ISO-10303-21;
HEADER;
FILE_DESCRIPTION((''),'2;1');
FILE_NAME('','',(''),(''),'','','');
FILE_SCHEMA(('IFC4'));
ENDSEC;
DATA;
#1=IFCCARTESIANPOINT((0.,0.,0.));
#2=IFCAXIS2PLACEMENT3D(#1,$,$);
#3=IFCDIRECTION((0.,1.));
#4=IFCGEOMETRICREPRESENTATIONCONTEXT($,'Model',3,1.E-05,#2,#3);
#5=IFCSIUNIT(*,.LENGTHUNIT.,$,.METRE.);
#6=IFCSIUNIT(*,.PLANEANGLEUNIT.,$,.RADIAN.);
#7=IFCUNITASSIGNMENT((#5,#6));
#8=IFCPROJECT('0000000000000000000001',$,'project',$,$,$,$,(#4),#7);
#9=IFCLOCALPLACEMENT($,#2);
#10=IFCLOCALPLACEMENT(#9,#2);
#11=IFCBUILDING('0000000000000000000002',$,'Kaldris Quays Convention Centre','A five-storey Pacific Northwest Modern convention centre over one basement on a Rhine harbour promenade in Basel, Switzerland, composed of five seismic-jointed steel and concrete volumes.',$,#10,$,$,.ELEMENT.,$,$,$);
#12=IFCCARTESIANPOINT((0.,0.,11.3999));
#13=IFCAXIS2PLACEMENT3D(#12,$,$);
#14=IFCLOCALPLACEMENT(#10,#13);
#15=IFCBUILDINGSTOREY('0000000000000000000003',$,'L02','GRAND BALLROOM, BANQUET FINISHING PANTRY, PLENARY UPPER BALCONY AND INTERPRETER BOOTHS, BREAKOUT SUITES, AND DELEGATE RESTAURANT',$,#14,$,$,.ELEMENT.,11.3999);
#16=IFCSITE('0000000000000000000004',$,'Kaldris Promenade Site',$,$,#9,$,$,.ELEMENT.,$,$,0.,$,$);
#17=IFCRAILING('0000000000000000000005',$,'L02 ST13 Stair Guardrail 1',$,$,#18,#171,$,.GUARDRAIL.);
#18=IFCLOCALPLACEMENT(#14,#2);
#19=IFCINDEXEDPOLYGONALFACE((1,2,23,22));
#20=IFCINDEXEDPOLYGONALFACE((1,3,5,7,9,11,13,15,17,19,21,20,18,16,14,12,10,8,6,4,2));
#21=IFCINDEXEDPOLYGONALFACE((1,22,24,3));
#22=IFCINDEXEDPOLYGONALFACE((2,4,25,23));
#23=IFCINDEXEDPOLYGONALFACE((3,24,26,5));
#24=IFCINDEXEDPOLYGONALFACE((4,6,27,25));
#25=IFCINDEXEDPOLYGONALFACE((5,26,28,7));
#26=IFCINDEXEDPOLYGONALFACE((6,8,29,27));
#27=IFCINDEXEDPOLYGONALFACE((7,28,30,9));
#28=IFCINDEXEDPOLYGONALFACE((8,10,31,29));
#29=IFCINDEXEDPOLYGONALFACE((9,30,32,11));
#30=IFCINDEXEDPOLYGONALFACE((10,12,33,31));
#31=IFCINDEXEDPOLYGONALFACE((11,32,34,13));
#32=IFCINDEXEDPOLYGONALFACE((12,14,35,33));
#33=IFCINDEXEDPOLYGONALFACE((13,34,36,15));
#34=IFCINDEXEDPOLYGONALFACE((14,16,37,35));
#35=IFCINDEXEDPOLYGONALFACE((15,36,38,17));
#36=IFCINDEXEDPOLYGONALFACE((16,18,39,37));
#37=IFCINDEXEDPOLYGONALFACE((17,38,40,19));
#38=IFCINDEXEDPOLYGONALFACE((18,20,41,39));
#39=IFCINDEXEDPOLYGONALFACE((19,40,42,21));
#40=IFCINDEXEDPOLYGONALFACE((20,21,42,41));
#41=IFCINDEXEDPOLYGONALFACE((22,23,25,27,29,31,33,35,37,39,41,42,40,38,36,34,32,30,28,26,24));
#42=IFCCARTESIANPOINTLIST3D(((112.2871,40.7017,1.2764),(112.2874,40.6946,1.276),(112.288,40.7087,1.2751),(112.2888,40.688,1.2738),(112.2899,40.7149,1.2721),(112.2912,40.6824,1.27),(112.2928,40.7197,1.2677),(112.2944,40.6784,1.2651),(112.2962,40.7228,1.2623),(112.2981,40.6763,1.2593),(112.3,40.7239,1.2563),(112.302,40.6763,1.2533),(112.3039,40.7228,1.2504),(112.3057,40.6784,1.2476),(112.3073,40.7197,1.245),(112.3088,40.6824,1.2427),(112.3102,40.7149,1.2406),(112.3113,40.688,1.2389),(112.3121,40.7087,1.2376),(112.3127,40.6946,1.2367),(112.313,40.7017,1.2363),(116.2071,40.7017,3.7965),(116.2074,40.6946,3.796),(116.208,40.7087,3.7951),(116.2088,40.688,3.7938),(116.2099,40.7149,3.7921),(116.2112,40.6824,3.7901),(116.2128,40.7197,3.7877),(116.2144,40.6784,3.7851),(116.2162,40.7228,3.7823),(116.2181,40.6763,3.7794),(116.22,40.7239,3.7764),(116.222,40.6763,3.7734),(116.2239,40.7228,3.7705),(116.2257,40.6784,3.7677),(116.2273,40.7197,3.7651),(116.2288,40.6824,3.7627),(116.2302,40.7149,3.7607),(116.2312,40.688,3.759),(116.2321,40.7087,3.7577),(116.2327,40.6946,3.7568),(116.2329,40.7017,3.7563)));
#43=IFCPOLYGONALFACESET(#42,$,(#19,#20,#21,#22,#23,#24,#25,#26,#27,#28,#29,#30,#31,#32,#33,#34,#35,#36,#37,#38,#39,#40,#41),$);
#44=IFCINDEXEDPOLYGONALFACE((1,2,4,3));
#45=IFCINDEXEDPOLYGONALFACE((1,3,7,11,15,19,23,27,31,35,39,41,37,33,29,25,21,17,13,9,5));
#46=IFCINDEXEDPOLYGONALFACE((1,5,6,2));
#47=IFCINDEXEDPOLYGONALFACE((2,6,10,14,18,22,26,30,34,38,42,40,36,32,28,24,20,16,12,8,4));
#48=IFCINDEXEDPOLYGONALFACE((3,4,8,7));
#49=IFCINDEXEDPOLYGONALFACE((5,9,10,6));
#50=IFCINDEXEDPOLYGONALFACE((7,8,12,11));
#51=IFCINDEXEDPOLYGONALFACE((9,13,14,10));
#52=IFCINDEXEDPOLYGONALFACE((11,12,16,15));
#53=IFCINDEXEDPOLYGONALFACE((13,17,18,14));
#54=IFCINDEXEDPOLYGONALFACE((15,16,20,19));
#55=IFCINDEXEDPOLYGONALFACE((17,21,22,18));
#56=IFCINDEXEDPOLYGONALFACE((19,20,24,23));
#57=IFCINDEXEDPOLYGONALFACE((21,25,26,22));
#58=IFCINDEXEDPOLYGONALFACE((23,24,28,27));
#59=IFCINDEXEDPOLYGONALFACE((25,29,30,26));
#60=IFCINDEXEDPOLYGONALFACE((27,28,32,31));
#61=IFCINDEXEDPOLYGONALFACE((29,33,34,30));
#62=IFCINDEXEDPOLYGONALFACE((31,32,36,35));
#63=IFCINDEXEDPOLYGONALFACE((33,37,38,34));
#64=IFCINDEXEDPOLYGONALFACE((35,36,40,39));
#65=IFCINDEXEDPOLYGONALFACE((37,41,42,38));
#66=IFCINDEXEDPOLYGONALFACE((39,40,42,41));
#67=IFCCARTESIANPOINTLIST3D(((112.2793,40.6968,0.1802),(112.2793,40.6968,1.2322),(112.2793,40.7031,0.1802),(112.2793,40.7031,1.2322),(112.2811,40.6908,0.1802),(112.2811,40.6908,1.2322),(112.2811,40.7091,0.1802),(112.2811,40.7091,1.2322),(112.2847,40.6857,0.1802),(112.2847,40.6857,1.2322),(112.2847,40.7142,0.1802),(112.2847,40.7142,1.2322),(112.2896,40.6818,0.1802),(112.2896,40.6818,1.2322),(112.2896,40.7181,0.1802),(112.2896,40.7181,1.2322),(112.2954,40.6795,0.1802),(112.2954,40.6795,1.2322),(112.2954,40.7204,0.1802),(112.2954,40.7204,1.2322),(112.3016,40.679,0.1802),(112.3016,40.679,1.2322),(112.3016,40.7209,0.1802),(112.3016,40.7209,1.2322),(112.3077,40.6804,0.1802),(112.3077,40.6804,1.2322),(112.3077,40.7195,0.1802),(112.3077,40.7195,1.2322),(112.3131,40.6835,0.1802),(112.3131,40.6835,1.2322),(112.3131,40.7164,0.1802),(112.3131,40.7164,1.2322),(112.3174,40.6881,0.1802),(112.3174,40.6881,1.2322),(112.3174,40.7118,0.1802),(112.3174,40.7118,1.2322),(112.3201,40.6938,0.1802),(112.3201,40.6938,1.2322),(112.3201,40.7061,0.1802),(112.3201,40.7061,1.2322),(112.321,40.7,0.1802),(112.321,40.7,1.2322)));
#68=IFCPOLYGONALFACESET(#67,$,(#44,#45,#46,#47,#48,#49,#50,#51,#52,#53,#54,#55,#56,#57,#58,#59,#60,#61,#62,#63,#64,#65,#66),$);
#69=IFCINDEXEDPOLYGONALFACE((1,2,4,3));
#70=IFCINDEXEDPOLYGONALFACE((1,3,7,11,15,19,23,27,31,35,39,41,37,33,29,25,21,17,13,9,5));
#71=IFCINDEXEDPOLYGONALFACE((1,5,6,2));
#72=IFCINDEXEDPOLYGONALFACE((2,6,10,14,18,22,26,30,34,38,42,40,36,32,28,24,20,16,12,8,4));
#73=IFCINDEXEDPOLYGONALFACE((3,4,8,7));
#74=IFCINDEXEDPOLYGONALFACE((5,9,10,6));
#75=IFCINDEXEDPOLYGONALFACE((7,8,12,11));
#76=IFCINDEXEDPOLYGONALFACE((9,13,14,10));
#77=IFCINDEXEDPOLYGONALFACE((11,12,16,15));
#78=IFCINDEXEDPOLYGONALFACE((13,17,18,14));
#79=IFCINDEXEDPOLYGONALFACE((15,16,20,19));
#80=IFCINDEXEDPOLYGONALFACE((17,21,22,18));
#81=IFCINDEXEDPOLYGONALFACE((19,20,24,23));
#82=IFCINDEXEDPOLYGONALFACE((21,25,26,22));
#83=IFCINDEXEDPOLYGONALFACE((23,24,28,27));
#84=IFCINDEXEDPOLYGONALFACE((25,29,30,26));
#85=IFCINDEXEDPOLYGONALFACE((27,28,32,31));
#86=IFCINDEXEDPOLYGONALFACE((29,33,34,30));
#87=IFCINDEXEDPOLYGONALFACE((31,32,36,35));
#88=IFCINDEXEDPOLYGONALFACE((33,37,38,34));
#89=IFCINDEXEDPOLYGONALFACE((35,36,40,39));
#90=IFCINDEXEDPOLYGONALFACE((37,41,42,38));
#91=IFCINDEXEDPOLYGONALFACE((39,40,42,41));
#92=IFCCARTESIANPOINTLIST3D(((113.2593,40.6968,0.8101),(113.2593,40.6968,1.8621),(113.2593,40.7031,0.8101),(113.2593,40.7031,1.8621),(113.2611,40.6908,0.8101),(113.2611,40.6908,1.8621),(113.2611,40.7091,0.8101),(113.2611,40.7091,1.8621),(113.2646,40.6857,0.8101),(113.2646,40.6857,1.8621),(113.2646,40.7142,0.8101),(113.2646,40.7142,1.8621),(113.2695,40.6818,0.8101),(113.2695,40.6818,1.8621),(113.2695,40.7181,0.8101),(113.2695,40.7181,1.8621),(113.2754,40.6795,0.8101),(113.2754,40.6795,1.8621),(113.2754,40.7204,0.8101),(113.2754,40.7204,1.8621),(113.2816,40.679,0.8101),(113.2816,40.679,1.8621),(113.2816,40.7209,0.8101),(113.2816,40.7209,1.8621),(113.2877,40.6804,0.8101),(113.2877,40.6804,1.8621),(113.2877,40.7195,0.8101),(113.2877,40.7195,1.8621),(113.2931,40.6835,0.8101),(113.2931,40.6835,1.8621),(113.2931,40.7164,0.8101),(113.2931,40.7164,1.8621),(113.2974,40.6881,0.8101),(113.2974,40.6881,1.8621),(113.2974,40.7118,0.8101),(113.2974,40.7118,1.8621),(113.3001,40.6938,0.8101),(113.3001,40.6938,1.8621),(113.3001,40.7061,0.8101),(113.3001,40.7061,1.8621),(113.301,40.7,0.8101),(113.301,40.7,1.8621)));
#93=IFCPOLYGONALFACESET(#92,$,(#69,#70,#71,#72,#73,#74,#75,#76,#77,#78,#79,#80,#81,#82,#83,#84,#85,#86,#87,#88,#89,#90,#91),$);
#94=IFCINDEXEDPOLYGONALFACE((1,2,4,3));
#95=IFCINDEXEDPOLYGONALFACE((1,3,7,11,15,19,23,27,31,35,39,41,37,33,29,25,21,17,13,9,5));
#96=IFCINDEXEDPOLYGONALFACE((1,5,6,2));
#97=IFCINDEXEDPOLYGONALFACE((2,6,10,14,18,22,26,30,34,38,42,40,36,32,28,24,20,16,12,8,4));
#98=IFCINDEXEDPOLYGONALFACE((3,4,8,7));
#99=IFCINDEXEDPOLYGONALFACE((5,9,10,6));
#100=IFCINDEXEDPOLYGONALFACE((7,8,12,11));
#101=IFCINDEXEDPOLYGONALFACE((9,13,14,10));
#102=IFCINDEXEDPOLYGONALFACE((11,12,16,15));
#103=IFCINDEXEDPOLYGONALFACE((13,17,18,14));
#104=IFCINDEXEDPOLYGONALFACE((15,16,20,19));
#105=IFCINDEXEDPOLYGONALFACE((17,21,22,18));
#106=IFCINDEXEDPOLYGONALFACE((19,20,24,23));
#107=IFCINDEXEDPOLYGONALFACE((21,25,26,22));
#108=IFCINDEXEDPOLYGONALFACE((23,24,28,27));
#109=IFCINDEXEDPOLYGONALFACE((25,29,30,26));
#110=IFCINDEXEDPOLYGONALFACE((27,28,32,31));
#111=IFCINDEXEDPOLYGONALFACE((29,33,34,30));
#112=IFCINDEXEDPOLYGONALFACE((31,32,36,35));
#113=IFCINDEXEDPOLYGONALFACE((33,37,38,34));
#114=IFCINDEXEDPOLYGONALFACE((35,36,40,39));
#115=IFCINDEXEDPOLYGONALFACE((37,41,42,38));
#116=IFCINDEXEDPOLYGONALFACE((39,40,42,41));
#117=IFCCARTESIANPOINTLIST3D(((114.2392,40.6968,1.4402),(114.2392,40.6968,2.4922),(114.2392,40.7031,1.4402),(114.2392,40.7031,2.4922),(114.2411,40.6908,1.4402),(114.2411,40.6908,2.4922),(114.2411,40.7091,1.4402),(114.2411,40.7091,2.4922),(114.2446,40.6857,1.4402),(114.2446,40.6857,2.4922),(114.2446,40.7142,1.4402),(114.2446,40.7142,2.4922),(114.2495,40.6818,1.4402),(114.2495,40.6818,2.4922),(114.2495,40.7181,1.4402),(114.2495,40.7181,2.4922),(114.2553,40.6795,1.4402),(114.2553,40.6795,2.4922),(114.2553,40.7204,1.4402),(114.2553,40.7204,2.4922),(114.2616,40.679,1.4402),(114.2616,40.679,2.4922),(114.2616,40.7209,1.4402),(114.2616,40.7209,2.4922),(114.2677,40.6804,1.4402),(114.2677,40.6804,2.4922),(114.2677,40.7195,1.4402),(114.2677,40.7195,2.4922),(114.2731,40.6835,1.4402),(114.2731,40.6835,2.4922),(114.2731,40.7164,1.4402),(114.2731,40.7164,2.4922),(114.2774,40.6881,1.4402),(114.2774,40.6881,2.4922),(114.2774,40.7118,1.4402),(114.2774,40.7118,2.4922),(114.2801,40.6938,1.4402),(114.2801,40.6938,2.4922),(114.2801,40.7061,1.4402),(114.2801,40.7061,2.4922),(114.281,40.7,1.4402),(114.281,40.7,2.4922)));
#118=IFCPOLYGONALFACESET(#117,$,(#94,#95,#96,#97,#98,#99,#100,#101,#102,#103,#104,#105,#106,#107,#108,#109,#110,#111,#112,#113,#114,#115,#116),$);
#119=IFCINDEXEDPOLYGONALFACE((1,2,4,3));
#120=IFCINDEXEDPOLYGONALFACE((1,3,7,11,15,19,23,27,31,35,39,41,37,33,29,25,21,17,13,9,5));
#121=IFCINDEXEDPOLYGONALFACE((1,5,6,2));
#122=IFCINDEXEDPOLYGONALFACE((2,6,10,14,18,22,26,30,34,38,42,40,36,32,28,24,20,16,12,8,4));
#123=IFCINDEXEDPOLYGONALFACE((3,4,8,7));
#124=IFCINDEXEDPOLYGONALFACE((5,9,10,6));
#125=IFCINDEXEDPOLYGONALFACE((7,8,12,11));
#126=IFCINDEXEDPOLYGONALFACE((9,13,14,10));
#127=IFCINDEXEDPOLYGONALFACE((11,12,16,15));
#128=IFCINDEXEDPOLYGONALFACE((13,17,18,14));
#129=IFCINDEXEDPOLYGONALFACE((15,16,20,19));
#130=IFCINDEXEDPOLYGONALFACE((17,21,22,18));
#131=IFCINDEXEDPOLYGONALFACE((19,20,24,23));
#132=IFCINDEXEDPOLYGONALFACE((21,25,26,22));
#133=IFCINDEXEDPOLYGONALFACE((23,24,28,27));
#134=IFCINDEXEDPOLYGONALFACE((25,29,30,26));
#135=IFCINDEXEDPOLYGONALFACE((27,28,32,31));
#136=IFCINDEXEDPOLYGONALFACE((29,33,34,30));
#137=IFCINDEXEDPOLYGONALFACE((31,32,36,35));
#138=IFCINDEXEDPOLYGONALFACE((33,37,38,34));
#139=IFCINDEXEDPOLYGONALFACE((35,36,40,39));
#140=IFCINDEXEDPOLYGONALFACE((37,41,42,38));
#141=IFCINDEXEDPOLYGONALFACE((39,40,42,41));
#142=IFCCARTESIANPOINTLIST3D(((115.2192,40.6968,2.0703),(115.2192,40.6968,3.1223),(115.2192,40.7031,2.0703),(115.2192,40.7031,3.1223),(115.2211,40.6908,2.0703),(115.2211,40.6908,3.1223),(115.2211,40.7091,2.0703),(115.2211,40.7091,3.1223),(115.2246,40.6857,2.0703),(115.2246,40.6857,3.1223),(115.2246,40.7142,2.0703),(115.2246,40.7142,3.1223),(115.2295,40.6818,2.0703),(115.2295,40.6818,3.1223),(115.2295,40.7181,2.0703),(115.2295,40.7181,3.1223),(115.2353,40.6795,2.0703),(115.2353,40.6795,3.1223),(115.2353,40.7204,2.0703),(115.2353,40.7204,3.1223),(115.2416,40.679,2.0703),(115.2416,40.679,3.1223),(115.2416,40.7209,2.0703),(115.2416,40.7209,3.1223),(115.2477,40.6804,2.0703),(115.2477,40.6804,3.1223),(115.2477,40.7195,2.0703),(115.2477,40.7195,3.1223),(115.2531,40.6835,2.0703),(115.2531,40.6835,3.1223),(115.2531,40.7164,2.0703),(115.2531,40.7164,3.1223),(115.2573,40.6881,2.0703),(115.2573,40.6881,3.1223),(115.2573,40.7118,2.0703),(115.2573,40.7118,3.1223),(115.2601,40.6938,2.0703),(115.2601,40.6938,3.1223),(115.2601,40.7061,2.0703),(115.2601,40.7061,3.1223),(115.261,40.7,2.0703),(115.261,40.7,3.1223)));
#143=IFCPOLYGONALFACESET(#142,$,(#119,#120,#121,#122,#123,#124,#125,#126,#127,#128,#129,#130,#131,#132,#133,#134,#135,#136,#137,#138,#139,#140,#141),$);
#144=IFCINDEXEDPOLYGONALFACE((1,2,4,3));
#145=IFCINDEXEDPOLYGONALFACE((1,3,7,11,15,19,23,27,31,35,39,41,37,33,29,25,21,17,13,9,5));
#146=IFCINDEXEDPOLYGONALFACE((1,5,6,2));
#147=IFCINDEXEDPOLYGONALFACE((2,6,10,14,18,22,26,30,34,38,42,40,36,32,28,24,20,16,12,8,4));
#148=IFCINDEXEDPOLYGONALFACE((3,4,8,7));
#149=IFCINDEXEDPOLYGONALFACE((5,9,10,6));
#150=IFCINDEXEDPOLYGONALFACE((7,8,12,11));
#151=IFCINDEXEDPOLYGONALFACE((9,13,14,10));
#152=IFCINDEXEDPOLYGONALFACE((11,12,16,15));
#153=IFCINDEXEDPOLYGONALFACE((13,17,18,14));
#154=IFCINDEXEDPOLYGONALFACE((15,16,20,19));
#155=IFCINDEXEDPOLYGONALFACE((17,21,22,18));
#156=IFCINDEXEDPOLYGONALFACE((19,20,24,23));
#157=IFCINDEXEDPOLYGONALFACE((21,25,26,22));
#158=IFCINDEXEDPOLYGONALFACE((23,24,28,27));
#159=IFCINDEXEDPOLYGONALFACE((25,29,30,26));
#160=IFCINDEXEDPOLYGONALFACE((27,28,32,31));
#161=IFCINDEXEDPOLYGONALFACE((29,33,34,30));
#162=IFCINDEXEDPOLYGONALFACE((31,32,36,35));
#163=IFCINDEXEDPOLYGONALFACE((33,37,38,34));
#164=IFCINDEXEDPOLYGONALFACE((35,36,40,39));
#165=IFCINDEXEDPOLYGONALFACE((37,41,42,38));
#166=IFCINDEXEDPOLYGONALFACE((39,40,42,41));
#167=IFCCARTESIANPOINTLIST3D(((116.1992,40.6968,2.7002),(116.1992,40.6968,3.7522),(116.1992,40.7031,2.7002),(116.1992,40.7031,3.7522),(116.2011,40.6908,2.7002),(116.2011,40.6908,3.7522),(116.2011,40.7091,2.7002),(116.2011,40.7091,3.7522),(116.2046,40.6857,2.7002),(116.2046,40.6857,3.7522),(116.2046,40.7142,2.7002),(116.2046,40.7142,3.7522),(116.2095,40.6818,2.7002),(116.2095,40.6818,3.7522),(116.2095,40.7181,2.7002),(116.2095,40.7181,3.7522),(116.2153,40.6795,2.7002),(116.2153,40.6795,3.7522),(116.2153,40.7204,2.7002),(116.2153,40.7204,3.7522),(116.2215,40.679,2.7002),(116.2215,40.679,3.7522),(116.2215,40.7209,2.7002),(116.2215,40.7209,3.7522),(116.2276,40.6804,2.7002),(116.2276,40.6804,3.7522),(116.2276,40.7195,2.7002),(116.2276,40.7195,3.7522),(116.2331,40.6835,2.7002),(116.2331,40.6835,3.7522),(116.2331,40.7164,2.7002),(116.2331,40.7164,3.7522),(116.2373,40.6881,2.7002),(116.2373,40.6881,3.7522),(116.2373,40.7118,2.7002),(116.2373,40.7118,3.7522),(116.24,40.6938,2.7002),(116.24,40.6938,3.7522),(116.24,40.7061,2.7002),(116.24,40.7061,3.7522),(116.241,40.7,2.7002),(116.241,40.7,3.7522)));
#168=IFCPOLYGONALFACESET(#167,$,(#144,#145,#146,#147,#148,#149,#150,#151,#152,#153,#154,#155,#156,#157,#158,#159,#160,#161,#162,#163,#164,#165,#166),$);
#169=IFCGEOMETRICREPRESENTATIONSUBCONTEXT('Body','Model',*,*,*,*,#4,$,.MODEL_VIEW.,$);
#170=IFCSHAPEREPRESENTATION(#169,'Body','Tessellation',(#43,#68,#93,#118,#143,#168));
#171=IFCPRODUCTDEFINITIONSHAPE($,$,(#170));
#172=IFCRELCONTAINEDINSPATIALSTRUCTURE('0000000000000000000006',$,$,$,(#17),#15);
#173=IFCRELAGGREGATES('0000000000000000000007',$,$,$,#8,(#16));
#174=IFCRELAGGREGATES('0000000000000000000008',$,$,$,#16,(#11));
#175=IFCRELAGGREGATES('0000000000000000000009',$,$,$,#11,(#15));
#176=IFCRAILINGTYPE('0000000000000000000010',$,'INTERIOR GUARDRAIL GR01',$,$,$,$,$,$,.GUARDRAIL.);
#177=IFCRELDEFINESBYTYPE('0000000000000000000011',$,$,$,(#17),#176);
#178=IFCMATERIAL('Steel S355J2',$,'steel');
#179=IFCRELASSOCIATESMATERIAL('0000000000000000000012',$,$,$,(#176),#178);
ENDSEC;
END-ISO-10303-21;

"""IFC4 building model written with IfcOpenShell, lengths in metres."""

from ifc_helpers import new_model, si_unit, direction, frame, origin, origin_2d, place, context, subcontext, project, spatial, circle, extrude, material, type_object, element, save


model = new_model("IFC4")

# Units and contexts
model_context = context("Model", 3, precision=1e-05, world=origin(), true_north=direction((0.0, 1.0)))
body_context = subcontext(model_context, "Body", "Model", "MODEL_VIEW")
ifc_project = project(units=[si_unit("LENGTHUNIT", "METRE"), si_unit("PLANEANGLEUNIT", "RADIAN")], contexts=[model_context])

# Site, building, storey
site_placement = place(None, origin())
site = spatial("IfcSite", under=ifc_project, at=site_placement, Name="Kaldris Promenade Site", CompositionType="ELEMENT", RefElevation=0.0)
building_placement = place(site_placement, origin())
building = spatial("IfcBuilding", under=site, at=building_placement, Name="Kaldris Quays Convention Centre", Description="A five-storey Pacific Northwest Modern convention centre over one basement on a Rhine harbour promenade in Basel, Switzerland, composed of five seismic-jointed steel and concrete volumes.", CompositionType="ELEMENT")
storey_placement = place(building_placement, frame((0.0, 0.0, 11.3999)))
storey = spatial("IfcBuildingStorey", under=building, at=storey_placement, Name="L02", Description="GRAND BALLROOM, BANQUET FINISHING PANTRY, PLENARY UPPER BALCONY AND INTERPRETER BOOTHS, BREAKOUT SUITES, AND DELEGATE RESTAURANT", CompositionType="ELEMENT", Elevation=11.3999)

# Railing
ifc_material_1 = material(Name="Steel S355J2", Category="steel")
railing_type_1 = type_object("IfcRailingType", Name="INTERIOR GUARDRAIL GR01", PredefinedType="GUARDRAIL", material=ifc_material_1)
railing_1_placement = place(storey_placement, frame((112.3, 40.7, 0.1802)))
element("IfcRailing", 1, at=railing_1_placement, inside=storey, type_object=railing_type_1, Name="L02 ST13 Stair Guardrail 1", PredefinedType="GUARDRAIL", context=body_context, shape_type="SweptSolid", body=[
    extrude(circle(Radius=0.0239, at=origin_2d()), frame((0.0, 0.0, 1.0762), z_axis=(0.841172, 0.0, 0.540768), x_axis=(0.0, 1.0, 0.0)), (0.0, 0.0, 1.0), 4.6602),
    extrude(circle(Radius=0.021, at=origin_2d()), origin(), (0.0, 0.0, 1.0), 1.052),
    extrude(circle(Radius=0.021, at=origin_2d()), frame((0.98, 0.0, 0.6299)), (0.0, 0.0, 1.0), 1.052),
    extrude(circle(Radius=0.021, at=origin_2d()), frame((1.96, 0.0, 1.26)), (0.0, 0.0, 1.0), 1.052),
    extrude(circle(Radius=0.021, at=origin_2d()), frame((2.9399, 0.0, 1.8901)), (0.0, 0.0, 1.0), 1.052),
    extrude(circle(Radius=0.021, at=origin_2d()), frame((3.9199, 0.0, 2.52)), (0.0, 0.0, 1.0), 1.052),
])

save(model, "model.ifc")
